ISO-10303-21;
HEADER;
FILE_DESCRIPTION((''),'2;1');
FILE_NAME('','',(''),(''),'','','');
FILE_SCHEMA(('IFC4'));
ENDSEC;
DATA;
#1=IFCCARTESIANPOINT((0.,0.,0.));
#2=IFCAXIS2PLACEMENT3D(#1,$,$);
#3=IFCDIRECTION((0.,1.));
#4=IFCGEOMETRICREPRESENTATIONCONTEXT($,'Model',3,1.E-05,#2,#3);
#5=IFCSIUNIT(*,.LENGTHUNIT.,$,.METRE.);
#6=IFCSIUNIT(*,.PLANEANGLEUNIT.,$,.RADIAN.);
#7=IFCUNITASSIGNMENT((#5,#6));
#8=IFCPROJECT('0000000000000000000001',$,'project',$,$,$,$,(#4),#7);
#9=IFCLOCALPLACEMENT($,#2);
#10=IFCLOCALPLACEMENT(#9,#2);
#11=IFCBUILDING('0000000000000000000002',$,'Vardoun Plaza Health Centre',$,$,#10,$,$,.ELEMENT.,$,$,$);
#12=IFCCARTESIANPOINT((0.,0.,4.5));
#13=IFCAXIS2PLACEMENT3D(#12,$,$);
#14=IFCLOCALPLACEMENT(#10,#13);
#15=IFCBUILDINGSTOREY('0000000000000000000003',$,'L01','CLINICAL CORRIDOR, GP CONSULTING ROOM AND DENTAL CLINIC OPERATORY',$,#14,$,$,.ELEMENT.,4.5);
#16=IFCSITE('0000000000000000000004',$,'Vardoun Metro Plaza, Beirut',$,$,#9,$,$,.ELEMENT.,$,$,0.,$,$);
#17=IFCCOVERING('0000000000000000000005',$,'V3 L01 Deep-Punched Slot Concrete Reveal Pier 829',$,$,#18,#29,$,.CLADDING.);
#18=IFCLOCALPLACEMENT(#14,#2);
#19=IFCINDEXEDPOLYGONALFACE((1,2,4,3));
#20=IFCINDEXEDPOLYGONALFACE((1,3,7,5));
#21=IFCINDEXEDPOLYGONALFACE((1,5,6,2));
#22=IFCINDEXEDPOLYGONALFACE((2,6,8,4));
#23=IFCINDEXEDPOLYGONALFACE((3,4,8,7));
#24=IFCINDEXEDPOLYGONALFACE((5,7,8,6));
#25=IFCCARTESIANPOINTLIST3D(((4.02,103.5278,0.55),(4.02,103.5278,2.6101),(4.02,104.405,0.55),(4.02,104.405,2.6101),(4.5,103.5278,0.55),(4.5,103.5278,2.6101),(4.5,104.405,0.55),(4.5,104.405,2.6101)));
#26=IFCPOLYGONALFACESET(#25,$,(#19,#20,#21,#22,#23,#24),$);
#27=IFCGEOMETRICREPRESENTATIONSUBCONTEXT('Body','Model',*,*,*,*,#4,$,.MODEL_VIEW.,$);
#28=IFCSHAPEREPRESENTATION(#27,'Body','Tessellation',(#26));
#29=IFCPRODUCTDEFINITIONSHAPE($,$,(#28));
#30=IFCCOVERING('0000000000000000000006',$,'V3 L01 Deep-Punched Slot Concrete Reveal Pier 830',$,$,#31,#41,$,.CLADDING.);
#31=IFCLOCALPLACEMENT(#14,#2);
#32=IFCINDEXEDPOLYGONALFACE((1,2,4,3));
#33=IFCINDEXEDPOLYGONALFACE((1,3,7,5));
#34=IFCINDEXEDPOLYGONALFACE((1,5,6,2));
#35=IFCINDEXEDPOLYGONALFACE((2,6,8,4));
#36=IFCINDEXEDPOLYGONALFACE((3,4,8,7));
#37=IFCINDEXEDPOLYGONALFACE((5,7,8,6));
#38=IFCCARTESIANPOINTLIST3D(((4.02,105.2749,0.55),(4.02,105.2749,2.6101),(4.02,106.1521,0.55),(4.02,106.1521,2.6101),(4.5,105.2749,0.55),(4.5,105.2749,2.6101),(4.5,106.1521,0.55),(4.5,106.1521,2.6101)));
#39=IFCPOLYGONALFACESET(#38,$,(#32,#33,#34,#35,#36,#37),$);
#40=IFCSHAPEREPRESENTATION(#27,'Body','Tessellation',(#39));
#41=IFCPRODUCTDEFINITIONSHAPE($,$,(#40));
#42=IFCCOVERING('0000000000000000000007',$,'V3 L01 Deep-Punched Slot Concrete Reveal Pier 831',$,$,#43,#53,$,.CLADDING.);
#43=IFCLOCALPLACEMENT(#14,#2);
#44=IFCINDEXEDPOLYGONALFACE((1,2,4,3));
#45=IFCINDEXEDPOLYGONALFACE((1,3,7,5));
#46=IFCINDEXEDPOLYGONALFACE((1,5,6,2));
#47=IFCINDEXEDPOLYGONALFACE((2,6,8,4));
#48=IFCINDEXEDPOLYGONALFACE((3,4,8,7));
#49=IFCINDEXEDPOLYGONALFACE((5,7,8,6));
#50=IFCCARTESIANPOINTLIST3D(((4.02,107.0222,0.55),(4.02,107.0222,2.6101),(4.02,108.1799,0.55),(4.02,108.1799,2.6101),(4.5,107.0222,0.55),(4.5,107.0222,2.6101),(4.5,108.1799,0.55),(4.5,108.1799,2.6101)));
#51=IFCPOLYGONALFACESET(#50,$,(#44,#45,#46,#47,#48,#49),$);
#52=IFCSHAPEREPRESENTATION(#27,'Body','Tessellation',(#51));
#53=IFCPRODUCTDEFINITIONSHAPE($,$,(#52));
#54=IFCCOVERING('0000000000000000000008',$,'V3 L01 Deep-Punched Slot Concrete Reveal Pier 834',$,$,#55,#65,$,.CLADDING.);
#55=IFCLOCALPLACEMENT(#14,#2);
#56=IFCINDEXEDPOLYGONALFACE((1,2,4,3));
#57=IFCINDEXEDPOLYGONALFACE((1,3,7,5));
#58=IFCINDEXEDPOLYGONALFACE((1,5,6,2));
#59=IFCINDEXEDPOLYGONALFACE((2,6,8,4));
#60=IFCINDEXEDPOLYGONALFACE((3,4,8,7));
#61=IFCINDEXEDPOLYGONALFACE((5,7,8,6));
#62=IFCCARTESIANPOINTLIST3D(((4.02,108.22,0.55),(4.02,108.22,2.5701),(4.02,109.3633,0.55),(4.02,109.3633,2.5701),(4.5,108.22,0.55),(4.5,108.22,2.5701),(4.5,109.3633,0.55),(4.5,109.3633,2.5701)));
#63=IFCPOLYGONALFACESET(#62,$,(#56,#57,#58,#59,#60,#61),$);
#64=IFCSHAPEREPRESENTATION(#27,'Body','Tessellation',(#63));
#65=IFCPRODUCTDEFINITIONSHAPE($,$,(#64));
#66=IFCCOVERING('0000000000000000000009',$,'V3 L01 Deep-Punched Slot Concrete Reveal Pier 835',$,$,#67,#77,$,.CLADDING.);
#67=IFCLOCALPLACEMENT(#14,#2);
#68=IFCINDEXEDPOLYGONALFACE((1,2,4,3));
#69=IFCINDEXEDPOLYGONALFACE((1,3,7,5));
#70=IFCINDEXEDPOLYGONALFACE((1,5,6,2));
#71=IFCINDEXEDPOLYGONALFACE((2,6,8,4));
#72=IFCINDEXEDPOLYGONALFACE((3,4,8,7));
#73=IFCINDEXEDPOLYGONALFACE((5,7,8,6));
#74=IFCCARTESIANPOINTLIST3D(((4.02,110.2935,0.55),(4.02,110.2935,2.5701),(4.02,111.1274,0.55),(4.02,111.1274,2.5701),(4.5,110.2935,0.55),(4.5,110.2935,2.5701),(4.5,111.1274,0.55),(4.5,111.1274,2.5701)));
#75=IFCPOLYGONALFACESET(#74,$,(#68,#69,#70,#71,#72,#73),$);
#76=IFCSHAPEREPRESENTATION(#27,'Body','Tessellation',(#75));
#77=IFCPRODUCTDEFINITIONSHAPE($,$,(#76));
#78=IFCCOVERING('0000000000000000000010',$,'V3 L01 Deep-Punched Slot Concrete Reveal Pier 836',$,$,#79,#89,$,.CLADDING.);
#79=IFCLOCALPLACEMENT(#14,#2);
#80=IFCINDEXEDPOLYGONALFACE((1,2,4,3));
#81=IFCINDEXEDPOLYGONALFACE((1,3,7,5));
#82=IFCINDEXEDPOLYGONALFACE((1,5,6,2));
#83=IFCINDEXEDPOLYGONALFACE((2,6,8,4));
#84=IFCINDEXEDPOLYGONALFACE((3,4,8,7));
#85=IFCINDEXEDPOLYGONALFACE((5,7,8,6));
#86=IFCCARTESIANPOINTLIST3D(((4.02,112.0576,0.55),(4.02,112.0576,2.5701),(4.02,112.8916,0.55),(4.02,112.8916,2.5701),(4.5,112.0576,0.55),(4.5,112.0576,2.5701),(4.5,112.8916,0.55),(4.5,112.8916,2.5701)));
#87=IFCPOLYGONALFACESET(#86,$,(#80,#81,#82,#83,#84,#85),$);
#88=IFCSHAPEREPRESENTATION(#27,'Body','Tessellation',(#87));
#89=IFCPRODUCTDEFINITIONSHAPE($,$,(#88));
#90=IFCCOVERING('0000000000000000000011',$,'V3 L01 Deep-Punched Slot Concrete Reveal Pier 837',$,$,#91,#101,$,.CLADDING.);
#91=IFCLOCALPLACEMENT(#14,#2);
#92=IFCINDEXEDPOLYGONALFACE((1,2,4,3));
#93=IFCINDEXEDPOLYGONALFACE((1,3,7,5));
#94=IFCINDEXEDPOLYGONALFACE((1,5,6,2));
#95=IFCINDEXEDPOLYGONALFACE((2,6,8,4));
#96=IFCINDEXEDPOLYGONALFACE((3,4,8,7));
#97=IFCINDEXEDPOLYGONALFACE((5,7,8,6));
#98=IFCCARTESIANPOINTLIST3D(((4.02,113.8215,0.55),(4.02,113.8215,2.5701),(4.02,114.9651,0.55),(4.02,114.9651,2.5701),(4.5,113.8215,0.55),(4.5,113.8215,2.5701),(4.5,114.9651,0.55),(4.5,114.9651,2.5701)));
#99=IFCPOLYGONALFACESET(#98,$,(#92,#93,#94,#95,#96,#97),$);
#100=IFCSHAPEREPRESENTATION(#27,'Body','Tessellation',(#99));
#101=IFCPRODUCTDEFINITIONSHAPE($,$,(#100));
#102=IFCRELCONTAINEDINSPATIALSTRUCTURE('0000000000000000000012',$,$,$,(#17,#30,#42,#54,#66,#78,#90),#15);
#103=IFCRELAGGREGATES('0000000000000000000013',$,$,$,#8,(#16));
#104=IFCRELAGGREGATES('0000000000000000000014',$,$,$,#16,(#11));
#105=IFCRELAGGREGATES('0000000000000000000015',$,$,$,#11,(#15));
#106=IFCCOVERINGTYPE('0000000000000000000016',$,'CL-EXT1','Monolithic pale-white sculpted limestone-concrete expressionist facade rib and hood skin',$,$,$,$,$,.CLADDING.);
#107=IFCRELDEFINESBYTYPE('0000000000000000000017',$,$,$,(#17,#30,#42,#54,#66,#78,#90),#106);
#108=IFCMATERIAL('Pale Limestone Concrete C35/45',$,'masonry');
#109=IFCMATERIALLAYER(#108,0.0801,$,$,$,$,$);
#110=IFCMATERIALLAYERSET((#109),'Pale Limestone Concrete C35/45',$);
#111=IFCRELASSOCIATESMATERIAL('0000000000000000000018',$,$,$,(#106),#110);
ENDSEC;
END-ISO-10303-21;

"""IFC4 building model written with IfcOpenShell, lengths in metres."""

from ifc_helpers import new_model, si_unit, direction, frame, origin, place, context, subcontext, project, spatial, polyline, outline, extrude, material, layer, layer_set, type_object, element, save


model = new_model("IFC4")

# Units and contexts
model_context = context("Model", 3, precision=1e-05, world=origin(), true_north=direction((0.0, 1.0)))
body_context = subcontext(model_context, "Body", "Model", "MODEL_VIEW")
ifc_project = project(units=[si_unit("LENGTHUNIT", "METRE"), si_unit("PLANEANGLEUNIT", "RADIAN")], contexts=[model_context])

# Site, building, storey
site_placement = place(None, origin())
site = spatial("IfcSite", under=ifc_project, at=site_placement, Name="Vardoun Metro Plaza, Beirut", CompositionType="ELEMENT", RefElevation=0.0)
building_placement = place(site_placement, origin())
building = spatial("IfcBuilding", under=site, at=building_placement, Name="Vardoun Plaza Health Centre", CompositionType="ELEMENT")
storey_placement = place(building_placement, frame((0.0, 0.0, 4.5)))
storey = spatial("IfcBuildingStorey", under=building, at=storey_placement, Name="L01", Description="CLINICAL CORRIDOR, GP CONSULTING ROOM AND DENTAL CLINIC OPERATORY", CompositionType="ELEMENT", Elevation=4.5)

# Coverings
ifc_material = material(Name="Pale Limestone Concrete C35/45", Category="masonry")
ifc_layer = layer(ifc_material, 0.0801)
ifc_layer_set = layer_set([ifc_layer], Name="Pale Limestone Concrete C35/45")
covering_type = type_object("IfcCoveringType", Name="CL-EXT1", Description="Monolithic pale-white sculpted limestone-concrete expressionist facade rib and hood skin", PredefinedType="CLADDING", material=ifc_layer_set)
covering_1_placement = place(storey_placement, frame((0.0, 0.0, 0.55)))
element("IfcCovering", 1, at=covering_1_placement, inside=storey, type_object=covering_type, Name="V3 L01 Deep-Punched Slot Concrete Reveal Pier 829", PredefinedType="CLADDING", context=body_context, shape_type="SweptSolid", body=[
    extrude(outline(polyline([(4.5, 103.5278), (4.5, 104.405), (4.02, 104.405), (4.02, 103.5278), (4.5, 103.5278)])), origin(), (0.0, 0.0, 1.0), 2.0601),
])
covering_2_placement = place(storey_placement, frame((0.0, 0.0, 0.55)))
element("IfcCovering", 2, at=covering_2_placement, inside=storey, type_object=covering_type, Name="V3 L01 Deep-Punched Slot Concrete Reveal Pier 830", PredefinedType="CLADDING", context=body_context, shape_type="SweptSolid", body=[
    extrude(outline(polyline([(4.5, 105.2749), (4.5, 106.1521), (4.02, 106.1521), (4.02, 105.2749), (4.5, 105.2749)])), origin(), (0.0, 0.0, 1.0), 2.0601),
])
covering_3_placement = place(storey_placement, frame((0.0, 0.0, 0.55)))
element("IfcCovering", 3, at=covering_3_placement, inside=storey, type_object=covering_type, Name="V3 L01 Deep-Punched Slot Concrete Reveal Pier 831", PredefinedType="CLADDING", context=body_context, shape_type="SweptSolid", body=[
    extrude(outline(polyline([(4.5, 107.0222), (4.5, 108.1799), (4.02, 108.1799), (4.02, 107.0222), (4.5, 107.0222)])), origin(), (0.0, 0.0, 1.0), 2.0601),
])
covering_4_placement = place(storey_placement, frame((0.0, 0.0, 0.55)))
element("IfcCovering", 4, at=covering_4_placement, inside=storey, type_object=covering_type, Name="V3 L01 Deep-Punched Slot Concrete Reveal Pier 834", PredefinedType="CLADDING", context=body_context, shape_type="SweptSolid", body=[
    extrude(outline(polyline([(4.5, 108.22), (4.5, 109.3633), (4.02, 109.3633), (4.02, 108.22), (4.5, 108.22)])), origin(), (0.0, 0.0, 1.0), 2.02),
])
covering_5_placement = place(storey_placement, frame((0.0, 0.0, 0.55)))
element("IfcCovering", 5, at=covering_5_placement, inside=storey, type_object=covering_type, Name="V3 L01 Deep-Punched Slot Concrete Reveal Pier 835", PredefinedType="CLADDING", context=body_context, shape_type="SweptSolid", body=[
    extrude(outline(polyline([(4.5, 110.2935), (4.5, 111.1274), (4.02, 111.1274), (4.02, 110.2935), (4.5, 110.2935)])), origin(), (0.0, 0.0, 1.0), 2.02),
])
covering_6_placement = place(storey_placement, frame((0.0, 0.0, 0.55)))
element("IfcCovering", 6, at=covering_6_placement, inside=storey, type_object=covering_type, Name="V3 L01 Deep-Punched Slot Concrete Reveal Pier 836", PredefinedType="CLADDING", context=body_context, shape_type="SweptSolid", body=[
    extrude(outline(polyline([(4.5, 112.0576), (4.5, 112.8916), (4.02, 112.8916), (4.02, 112.0576), (4.5, 112.0576)])), origin(), (0.0, 0.0, 1.0), 2.02),
])
covering_7_placement = place(storey_placement, frame((0.0, 0.0, 0.55)))
element("IfcCovering", 7, at=covering_7_placement, inside=storey, type_object=covering_type, Name="V3 L01 Deep-Punched Slot Concrete Reveal Pier 837", PredefinedType="CLADDING", context=body_context, shape_type="SweptSolid", body=[
    extrude(outline(polyline([(4.5, 113.8215), (4.5, 114.9651), (4.02, 114.9651), (4.02, 113.8215), (4.5, 113.8215)])), origin(), (0.0, 0.0, 1.0), 2.02),
])

save(model, "model.ifc")
